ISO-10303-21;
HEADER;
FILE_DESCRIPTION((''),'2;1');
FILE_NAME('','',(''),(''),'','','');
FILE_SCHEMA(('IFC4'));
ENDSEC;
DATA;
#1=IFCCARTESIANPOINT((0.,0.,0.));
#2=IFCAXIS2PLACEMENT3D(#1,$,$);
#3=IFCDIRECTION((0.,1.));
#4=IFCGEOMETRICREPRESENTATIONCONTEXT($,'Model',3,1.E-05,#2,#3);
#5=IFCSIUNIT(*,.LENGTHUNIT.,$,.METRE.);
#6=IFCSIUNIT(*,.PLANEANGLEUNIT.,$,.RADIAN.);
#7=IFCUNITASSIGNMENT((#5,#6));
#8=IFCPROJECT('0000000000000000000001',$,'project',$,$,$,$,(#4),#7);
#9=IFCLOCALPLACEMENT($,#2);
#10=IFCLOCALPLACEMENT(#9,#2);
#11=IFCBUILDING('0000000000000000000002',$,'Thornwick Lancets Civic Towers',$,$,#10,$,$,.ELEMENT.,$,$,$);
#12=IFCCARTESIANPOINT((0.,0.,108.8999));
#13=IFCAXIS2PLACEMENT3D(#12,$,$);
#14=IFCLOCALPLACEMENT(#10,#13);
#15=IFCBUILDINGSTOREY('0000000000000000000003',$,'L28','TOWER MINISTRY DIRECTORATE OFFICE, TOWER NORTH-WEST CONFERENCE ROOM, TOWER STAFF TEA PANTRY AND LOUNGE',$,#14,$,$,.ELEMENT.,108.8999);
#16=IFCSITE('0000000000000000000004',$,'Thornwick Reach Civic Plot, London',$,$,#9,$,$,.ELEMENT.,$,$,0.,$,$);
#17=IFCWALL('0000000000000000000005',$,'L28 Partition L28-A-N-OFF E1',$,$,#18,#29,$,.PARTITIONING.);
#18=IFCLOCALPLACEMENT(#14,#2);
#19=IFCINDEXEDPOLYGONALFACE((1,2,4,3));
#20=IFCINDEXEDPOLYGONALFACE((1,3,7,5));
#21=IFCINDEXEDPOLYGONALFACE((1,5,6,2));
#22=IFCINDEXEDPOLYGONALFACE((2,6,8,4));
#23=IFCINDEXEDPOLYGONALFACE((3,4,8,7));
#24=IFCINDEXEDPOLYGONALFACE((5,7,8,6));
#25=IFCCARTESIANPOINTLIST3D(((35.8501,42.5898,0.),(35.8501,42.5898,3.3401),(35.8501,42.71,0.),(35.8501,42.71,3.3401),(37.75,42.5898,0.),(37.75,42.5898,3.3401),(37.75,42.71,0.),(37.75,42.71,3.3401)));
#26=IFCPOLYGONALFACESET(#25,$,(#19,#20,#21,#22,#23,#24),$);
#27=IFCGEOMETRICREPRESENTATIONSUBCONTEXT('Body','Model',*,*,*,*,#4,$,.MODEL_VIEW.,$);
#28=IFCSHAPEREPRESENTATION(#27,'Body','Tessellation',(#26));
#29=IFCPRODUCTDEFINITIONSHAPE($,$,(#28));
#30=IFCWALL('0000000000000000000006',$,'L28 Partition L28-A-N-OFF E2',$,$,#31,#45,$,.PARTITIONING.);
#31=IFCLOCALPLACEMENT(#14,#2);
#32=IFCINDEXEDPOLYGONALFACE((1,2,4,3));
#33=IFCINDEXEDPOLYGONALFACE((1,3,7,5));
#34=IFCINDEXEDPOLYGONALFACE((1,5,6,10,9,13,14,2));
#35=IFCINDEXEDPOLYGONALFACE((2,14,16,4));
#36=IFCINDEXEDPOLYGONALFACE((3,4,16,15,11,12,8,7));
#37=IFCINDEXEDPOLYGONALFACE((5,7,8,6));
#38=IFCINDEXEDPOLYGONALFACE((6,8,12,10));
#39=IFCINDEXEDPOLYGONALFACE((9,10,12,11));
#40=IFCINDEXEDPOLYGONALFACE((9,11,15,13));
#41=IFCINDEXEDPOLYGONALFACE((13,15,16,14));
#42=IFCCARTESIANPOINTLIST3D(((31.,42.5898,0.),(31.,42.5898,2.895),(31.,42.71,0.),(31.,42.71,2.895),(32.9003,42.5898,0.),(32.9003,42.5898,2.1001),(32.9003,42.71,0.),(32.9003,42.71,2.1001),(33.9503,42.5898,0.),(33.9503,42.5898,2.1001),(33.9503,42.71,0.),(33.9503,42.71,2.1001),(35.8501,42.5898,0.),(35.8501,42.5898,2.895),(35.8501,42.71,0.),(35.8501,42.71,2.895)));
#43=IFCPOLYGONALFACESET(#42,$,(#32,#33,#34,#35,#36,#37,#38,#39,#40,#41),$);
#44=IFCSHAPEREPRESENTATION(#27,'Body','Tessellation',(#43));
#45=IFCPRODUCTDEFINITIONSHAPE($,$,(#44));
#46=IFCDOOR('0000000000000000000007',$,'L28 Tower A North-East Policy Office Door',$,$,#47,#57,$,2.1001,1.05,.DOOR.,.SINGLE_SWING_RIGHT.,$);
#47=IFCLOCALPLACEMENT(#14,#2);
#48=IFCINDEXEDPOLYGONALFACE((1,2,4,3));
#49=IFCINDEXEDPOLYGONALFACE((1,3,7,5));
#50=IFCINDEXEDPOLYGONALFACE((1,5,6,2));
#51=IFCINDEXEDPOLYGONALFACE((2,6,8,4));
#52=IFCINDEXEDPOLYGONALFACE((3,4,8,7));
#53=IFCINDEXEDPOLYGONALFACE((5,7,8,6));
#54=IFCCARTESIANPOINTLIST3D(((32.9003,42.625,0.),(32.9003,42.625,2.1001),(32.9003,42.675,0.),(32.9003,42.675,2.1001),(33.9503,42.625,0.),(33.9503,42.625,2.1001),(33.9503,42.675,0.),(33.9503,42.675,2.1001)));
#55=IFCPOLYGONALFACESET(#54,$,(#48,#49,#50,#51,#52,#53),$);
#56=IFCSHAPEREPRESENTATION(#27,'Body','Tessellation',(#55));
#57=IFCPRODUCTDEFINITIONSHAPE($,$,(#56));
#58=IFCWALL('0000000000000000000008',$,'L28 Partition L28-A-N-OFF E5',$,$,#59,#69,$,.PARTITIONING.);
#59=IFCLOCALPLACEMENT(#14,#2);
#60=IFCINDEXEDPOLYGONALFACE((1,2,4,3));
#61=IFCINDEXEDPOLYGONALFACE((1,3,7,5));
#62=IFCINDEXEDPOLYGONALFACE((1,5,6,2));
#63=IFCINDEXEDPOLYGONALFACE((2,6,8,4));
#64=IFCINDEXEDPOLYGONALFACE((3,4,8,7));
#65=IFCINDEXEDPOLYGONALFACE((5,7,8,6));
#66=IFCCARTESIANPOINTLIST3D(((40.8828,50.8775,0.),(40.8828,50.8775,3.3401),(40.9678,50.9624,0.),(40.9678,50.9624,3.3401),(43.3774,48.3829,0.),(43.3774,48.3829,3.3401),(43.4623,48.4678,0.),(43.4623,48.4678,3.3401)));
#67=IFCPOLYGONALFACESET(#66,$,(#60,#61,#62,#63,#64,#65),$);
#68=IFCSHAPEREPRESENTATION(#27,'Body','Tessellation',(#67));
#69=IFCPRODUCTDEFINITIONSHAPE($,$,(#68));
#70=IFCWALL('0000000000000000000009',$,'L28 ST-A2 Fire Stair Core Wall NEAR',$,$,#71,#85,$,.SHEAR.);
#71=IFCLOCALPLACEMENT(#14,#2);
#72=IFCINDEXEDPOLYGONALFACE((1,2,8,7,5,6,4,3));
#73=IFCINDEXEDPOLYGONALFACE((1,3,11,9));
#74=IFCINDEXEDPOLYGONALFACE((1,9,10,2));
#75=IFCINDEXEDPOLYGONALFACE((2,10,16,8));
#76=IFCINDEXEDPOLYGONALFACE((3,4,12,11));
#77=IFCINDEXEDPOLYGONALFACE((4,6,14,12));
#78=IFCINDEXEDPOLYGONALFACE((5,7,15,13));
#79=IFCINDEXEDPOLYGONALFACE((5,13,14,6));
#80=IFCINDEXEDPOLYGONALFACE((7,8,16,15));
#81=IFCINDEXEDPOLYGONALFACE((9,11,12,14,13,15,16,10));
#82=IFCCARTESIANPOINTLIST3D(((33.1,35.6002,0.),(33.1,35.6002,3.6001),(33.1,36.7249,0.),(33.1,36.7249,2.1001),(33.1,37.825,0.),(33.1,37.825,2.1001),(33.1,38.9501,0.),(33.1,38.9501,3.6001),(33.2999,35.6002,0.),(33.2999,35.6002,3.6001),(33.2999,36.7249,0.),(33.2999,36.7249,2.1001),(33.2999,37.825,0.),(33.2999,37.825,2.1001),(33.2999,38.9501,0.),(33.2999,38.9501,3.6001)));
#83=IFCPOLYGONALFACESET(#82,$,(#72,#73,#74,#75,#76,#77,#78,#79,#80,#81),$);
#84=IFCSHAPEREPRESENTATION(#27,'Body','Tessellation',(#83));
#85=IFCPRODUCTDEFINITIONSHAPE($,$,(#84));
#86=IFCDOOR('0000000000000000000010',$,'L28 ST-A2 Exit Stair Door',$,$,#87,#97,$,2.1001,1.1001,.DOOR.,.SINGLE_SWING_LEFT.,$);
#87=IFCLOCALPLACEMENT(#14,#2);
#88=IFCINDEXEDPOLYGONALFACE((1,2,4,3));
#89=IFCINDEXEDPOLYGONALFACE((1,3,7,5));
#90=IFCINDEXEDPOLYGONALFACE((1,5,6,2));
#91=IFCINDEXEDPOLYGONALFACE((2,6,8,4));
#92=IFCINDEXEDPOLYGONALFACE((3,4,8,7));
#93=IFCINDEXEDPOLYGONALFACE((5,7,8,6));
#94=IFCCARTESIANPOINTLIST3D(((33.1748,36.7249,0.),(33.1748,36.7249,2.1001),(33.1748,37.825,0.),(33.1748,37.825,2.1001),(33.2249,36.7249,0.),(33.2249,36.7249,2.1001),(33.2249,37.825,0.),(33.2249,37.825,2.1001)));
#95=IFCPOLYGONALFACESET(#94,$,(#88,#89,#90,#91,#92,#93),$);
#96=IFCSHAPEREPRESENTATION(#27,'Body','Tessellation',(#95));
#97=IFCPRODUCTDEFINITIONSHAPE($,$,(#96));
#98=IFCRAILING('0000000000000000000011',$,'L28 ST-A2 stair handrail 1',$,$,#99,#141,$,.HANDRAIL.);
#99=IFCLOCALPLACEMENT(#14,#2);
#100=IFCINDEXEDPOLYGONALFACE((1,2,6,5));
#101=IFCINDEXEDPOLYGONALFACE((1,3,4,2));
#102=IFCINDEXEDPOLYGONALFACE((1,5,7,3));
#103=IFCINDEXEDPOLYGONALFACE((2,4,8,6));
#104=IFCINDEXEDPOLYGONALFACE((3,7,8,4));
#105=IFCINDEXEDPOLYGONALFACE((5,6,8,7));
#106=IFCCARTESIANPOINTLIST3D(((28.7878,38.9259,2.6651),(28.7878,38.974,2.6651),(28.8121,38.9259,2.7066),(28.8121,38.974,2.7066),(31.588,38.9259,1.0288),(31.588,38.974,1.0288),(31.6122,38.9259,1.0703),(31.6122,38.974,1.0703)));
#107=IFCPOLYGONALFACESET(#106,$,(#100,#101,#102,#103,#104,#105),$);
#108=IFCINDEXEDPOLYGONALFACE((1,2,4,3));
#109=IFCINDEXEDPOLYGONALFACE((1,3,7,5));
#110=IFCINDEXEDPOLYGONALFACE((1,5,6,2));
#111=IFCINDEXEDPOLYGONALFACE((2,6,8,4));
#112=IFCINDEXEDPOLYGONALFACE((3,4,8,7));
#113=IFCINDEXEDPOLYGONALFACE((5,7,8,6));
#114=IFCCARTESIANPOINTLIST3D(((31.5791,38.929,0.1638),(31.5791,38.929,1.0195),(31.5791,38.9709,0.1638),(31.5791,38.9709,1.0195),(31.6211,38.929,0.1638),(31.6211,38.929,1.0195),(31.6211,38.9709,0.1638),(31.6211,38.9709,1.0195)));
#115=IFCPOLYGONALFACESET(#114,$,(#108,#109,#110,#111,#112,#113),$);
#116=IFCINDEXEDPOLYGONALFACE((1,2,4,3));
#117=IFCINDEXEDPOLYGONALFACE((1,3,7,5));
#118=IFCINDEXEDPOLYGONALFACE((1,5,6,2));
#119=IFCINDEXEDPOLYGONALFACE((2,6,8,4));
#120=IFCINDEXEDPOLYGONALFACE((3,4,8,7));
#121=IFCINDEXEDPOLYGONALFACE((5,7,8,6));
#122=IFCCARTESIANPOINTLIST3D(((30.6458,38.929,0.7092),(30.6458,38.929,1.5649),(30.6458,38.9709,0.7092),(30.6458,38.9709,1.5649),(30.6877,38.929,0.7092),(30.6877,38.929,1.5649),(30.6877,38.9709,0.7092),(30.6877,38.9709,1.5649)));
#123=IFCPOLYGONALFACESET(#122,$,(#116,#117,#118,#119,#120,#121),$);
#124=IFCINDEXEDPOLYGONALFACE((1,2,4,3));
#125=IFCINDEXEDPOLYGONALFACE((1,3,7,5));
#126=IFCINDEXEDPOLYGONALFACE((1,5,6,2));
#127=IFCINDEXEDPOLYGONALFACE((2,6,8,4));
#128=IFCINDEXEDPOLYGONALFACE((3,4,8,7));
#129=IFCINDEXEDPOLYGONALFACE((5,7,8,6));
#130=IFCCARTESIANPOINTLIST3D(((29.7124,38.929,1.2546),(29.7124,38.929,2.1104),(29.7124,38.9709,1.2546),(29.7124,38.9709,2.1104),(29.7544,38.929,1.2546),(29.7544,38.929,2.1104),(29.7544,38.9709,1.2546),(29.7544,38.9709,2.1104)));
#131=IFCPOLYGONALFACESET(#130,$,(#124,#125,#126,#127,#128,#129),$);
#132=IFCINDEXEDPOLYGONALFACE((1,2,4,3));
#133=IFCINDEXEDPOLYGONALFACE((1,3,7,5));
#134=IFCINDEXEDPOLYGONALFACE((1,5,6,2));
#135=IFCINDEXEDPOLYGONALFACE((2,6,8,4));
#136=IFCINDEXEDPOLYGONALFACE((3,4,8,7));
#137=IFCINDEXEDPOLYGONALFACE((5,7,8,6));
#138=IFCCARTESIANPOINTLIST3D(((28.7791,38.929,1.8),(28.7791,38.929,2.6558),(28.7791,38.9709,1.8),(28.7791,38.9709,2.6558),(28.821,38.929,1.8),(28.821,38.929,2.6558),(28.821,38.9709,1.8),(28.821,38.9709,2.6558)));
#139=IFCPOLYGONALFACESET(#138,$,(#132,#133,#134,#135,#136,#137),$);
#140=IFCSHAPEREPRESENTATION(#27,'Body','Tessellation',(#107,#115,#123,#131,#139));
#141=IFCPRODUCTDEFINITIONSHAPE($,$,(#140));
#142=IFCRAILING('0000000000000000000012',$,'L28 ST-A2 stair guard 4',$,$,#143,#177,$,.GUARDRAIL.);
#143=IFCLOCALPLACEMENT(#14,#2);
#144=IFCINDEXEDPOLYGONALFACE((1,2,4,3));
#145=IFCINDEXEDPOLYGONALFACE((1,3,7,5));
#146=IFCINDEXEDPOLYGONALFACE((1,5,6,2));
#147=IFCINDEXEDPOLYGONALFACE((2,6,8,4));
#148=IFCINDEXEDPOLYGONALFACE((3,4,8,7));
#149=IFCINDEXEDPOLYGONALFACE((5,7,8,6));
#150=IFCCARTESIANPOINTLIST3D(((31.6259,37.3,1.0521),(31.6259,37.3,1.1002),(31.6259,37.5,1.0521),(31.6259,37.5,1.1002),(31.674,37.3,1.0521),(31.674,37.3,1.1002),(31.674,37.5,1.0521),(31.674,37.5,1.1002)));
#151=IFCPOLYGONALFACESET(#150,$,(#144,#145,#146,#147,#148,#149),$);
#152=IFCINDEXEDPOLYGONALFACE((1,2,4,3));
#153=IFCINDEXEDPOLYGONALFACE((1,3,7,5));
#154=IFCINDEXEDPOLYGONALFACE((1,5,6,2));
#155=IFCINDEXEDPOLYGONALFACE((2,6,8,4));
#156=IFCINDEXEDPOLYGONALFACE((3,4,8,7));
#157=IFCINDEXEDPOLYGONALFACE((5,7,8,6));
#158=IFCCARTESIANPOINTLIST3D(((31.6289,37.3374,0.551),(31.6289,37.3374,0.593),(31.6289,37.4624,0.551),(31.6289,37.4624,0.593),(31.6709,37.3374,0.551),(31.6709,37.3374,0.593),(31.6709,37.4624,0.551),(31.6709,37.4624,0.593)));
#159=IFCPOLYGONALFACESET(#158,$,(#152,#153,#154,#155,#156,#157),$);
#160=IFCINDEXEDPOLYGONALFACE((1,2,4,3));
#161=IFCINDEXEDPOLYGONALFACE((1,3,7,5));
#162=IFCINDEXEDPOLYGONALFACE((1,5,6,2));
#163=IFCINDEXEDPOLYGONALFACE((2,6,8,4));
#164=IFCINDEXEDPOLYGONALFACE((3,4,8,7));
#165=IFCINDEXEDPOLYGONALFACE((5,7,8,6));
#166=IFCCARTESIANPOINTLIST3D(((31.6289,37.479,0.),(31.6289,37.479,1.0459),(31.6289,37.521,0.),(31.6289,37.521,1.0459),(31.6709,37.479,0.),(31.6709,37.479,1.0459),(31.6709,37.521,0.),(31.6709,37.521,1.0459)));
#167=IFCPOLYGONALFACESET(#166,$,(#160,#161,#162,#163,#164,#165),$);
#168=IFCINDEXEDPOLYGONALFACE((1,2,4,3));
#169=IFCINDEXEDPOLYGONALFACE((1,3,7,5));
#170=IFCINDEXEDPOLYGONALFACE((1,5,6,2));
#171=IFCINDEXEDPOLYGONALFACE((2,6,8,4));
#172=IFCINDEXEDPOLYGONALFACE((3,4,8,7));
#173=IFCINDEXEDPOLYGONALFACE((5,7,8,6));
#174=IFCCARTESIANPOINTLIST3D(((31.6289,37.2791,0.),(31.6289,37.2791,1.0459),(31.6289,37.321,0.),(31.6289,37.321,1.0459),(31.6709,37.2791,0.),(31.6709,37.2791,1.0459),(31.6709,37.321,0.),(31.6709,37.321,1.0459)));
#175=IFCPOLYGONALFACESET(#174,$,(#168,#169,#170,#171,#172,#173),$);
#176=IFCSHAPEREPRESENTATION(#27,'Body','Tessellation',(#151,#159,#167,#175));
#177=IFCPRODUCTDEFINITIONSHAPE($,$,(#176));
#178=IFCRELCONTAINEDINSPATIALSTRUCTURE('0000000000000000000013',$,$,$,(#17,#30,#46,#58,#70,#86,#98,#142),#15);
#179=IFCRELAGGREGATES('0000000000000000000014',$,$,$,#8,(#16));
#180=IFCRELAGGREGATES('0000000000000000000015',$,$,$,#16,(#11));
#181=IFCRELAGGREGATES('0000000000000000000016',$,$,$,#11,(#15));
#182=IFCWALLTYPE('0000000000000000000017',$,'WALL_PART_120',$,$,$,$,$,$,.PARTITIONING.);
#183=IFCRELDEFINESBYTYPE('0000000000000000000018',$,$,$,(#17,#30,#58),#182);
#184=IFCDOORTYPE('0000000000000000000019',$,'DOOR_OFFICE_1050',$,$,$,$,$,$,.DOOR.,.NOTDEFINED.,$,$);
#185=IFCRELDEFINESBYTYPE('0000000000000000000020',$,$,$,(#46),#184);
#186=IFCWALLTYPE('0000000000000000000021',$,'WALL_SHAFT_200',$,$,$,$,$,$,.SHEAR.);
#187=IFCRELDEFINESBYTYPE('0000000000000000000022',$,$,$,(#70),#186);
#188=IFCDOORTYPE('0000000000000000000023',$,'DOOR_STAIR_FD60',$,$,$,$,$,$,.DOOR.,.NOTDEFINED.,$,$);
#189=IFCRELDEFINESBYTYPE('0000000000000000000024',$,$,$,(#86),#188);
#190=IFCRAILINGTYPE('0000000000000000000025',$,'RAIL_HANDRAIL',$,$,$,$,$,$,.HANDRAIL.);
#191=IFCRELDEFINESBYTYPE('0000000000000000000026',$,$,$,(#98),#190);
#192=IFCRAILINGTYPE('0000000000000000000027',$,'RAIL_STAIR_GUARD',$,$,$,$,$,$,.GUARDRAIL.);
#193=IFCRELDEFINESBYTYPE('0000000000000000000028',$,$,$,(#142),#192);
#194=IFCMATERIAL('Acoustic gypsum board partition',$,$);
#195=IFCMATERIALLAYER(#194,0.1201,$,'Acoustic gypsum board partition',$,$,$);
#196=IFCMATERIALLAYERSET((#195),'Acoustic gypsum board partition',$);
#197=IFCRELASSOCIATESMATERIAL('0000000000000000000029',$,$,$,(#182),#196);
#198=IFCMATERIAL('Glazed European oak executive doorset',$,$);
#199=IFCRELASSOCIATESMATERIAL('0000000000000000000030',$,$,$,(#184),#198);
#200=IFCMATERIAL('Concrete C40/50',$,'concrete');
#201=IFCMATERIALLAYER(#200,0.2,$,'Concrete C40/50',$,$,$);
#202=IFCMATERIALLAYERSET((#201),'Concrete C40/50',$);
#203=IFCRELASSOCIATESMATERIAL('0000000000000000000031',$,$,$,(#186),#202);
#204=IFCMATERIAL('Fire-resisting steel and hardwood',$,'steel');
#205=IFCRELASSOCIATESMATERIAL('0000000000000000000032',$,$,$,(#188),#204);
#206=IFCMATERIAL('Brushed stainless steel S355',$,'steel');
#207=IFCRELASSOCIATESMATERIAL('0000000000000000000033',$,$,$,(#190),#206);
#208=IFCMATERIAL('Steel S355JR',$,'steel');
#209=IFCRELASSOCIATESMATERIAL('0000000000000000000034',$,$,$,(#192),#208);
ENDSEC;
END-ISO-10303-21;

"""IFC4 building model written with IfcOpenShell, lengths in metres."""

from ifc_helpers import new_model, si_unit, direction, frame, frame_2d, origin, origin_2d, place, context, subcontext, project, spatial, rectangle, extrude, material, layer, layer_set, type_object, element, fill, save


model = new_model("IFC4")

# Units and contexts
model_context = context("Model", 3, precision=1e-05, world=origin(), true_north=direction((0.0, 1.0)))
body_context = subcontext(model_context, "Body", "Model", "MODEL_VIEW")
ifc_project = project(units=[si_unit("LENGTHUNIT", "METRE"), si_unit("PLANEANGLEUNIT", "RADIAN")], contexts=[model_context])

# Site, building, storey
site_placement = place(None, origin())
site = spatial("IfcSite", under=ifc_project, at=site_placement, Name="Thornwick Reach Civic Plot, London", CompositionType="ELEMENT", RefElevation=0.0)
building_placement = place(site_placement, origin())
building = spatial("IfcBuilding", under=site, at=building_placement, Name="Thornwick Lancets Civic Towers", CompositionType="ELEMENT")
storey_placement = place(building_placement, frame((0.0, 0.0, 108.8999)))
storey = spatial("IfcBuildingStorey", under=building, at=storey_placement, Name="L28", Description="TOWER MINISTRY DIRECTORATE OFFICE, TOWER NORTH-WEST CONFERENCE ROOM, TOWER STAFF TEA PANTRY AND LOUNGE", CompositionType="ELEMENT", Elevation=108.8999)

# Shared definitions
ifc_material_1 = material(Name="Steel S355JR", Category="steel")

# Wall
ifc_material_2 = material(Name="Acoustic gypsum board partition")
ifc_layer_1 = layer(ifc_material_2, 0.1201, Name="Acoustic gypsum board partition")
ifc_layer_set_1 = layer_set([ifc_layer_1], Name="Acoustic gypsum board partition")
wall_type_1 = type_object("IfcWallType", Name="WALL_PART_120", PredefinedType="PARTITIONING", material=ifc_layer_set_1)
wall_1_placement = place(storey_placement, frame((37.75, 42.6499, 0.0), z_axis=(0.0, 0.0, 1.0), x_axis=(-1.0, 0.0, 0.0)))
element("IfcWall", 1, at=wall_1_placement, inside=storey, type_object=wall_type_1, Name="L28 Partition L28-A-N-OFF E1", PredefinedType="PARTITIONING", context=body_context, shape_type="SweptSolid", body=[
    extrude(rectangle(XDim=1.8999, YDim=0.1201, at=frame_2d((0.95, 0.0))), origin(), (0.0, 0.0, 1.0), 3.3401),
])

# Wall, opening, door
wall_2_placement = place(storey_placement, frame((35.8501, 42.6499, 0.0), z_axis=(0.0, 0.0, 1.0), x_axis=(-1.0, 0.0, 0.0)))
wall_2 = element("IfcWall", 2, at=wall_2_placement, inside=storey, type_object=wall_type_1, Name="L28 Partition L28-A-N-OFF E2", PredefinedType="PARTITIONING", context=body_context, shape_type="SweptSolid", body=[
    extrude(rectangle(XDim=4.8501, YDim=0.1201, at=frame_2d((2.425, 0.0))), origin(), (0.0, 0.0, 1.0), 2.895),
])
opening_1_placement = place(wall_2_placement, frame((1.8999, 0.0, 0.0)))
opening_1 = element("IfcOpeningElement", 3, at=opening_1_placement, cuts=wall_2, PredefinedType="OPENING", context=body_context, shape_type="SweptSolid", body=[
    extrude(rectangle(XDim=1.05, YDim=2.1001, at=frame_2d((0.5249, 1.05))), frame((0.0, 0.0701, 0.0), z_axis=(0.0, -1.0, 0.0), x_axis=(1.0, 0.0, 0.0)), (0.0, 0.0, 1.0), 0.1401),
])
ifc_material_3 = material(Name="Glazed European oak executive doorset")
door_type_1 = type_object("IfcDoorType", Name="DOOR_OFFICE_1050", OperationType="NOTDEFINED", PredefinedType="DOOR", material=ifc_material_3)
door_1_placement = place(opening_1_placement, origin())
door_1 = element("IfcDoor", 4, at=door_1_placement, inside=storey, type_object=door_type_1, Name="L28 Tower A North-East Policy Office Door", OperationType="SINGLE_SWING_RIGHT", OverallHeight=2.1001, OverallWidth=1.05, PredefinedType="DOOR", context=body_context, shape_type="SweptSolid", body=[
    extrude(rectangle(XDim=1.05, YDim=2.1001, at=frame_2d((0.5249, 1.05))), frame((0.0, 0.0249, 0.0), z_axis=(0.0, -1.0, 0.0), x_axis=(1.0, 0.0, 0.0)), (0.0, 0.0, 1.0), 0.05),
])
fill(opening_1, door_1)

# Wall
wall_3_placement = place(storey_placement, frame((40.9253, 50.9199, 0.0), z_axis=(0.0, 0.0, 1.0), x_axis=(0.707107, -0.707107, 0.0)))
element("IfcWall", 5, at=wall_3_placement, inside=storey, type_object=wall_type_1, Name="L28 Partition L28-A-N-OFF E5", PredefinedType="PARTITIONING", context=body_context, shape_type="SweptSolid", body=[
    extrude(rectangle(XDim=3.5278, YDim=0.1201, at=frame_2d((1.7639, 0.0))), origin(), (0.0, 0.0, 1.0), 3.3401),
])

# Wall, opening, door
ifc_material_4 = material(Name="Concrete C40/50", Category="concrete")
ifc_layer_2 = layer(ifc_material_4, 0.2, Name="Concrete C40/50")
ifc_layer_set_2 = layer_set([ifc_layer_2], Name="Concrete C40/50")
wall_type_2 = type_object("IfcWallType", Name="WALL_SHAFT_200", PredefinedType="SHEAR", material=ifc_layer_set_2)
wall_4_placement = place(storey_placement, frame((33.2, 38.95, 0.0), z_axis=(0.0, 0.0, 1.0), x_axis=(0.0, -1.0, 0.0)))
wall_4 = element("IfcWall", 6, at=wall_4_placement, inside=storey, type_object=wall_type_2, Name="L28 ST-A2 Fire Stair Core Wall NEAR", PredefinedType="SHEAR", context=body_context, shape_type="SweptSolid", body=[
    extrude(rectangle(XDim=3.3499, YDim=0.2, at=frame_2d((1.6748, 0.0))), origin(), (0.0, 0.0, 1.0), 3.6001),
])
opening_2_placement = place(wall_4_placement, frame((1.125, 0.0, 0.0)))
opening_2 = element("IfcOpeningElement", 7, at=opening_2_placement, cuts=wall_4, PredefinedType="OPENING", context=body_context, shape_type="SweptSolid", body=[
    extrude(rectangle(XDim=1.1001, YDim=2.1001, at=frame_2d((0.55, 1.05))), frame((0.0, 0.1099, 0.0), z_axis=(0.0, -1.0, 0.0), x_axis=(1.0, 0.0, 0.0)), (0.0, 0.0, 1.0), 0.22),
])
ifc_material_5 = material(Name="Fire-resisting steel and hardwood", Category="steel")
door_type_2 = type_object("IfcDoorType", Name="DOOR_STAIR_FD60", OperationType="NOTDEFINED", PredefinedType="DOOR", material=ifc_material_5)
door_2_placement = place(opening_2_placement, origin())
door_2 = element("IfcDoor", 8, at=door_2_placement, inside=storey, type_object=door_type_2, Name="L28 ST-A2 Exit Stair Door", OperationType="SINGLE_SWING_LEFT", OverallHeight=2.1001, OverallWidth=1.1001, PredefinedType="DOOR", context=body_context, shape_type="SweptSolid", body=[
    extrude(rectangle(XDim=1.1001, YDim=2.1001, at=frame_2d((0.55, 1.05))), frame((0.0, 0.0249, 0.0), z_axis=(0.0, -1.0, 0.0), x_axis=(1.0, 0.0, 0.0)), (0.0, 0.0, 1.0), 0.05),
])
fill(opening_2, door_2)

# Railings
ifc_material_6 = material(Name="Brushed stainless steel S355", Category="steel")
railing_type_1 = type_object("IfcRailingType", Name="RAIL_HANDRAIL", PredefinedType="HANDRAIL", material=ifc_material_6)
railing_1_placement = place(storey_placement, frame((31.6001, 38.95, 0.1638)))
element("IfcRailing", 9, at=railing_1_placement, inside=storey, type_object=railing_type_1, Name="L28 ST-A2 stair handrail 1", PredefinedType="HANDRAIL", context=body_context, shape_type="SweptSolid", body=[
    extrude(rectangle(XDim=0.0481, YDim=0.0481, at=origin_2d()), frame((0.0, 0.0, 0.8857), z_axis=(-0.863394, 0.0, 0.504531), x_axis=(0.0, -1.0, 0.0)), (0.0, 0.0, 1.0), 3.2432),
    extrude(rectangle(XDim=0.042, YDim=0.042, at=origin_2d()), origin(), (0.0, 0.0, 1.0), 0.8557),
    extrude(rectangle(XDim=0.042, YDim=0.042, at=origin_2d()), frame((-0.9333, 0.0, 0.5454)), (0.0, 0.0, 1.0), 0.8557),
    extrude(rectangle(XDim=0.042, YDim=0.042, at=origin_2d()), frame((-1.8667, 0.0, 1.0908)), (0.0, 0.0, 1.0), 0.8557),
    extrude(rectangle(XDim=0.042, YDim=0.042, at=origin_2d()), frame((-2.8, 0.0, 1.6362)), (0.0, 0.0, 1.0), 0.8557),
])
railing_type_2 = type_object("IfcRailingType", Name="RAIL_STAIR_GUARD", PredefinedType="GUARDRAIL", material=ifc_material_1)
railing_2_placement = place(storey_placement, frame((31.6499, 37.5, 0.0)))
element("IfcRailing", 10, at=railing_2_placement, inside=storey, type_object=railing_type_2, Name="L28 ST-A2 stair guard 4", PredefinedType="GUARDRAIL", context=body_context, shape_type="SweptSolid", body=[
    extrude(rectangle(XDim=0.0481, YDim=0.0481, at=origin_2d()), frame((0.0, 0.0, 1.0762), z_axis=(0.0, -1.0, 0.0), x_axis=(1.0, 0.0, 0.0)), (0.0, 0.0, 1.0), 0.2),
    extrude(rectangle(XDim=0.042, YDim=0.042, at=origin_2d()), frame((0.0, -0.0376, 0.572), z_axis=(0.0, -1.0, 0.0), x_axis=(1.0, 0.0, 0.0)), (0.0, 0.0, 1.0), 0.125),
    extrude(rectangle(XDim=0.042, YDim=0.042, at=origin_2d()), origin(), (0.0, 0.0, 1.0), 1.0459),
    extrude(rectangle(XDim=0.042, YDim=0.042, at=origin_2d()), frame((0.0, -0.2, 0.0)), (0.0, 0.0, 1.0), 1.0459),
])

save(model, "model.ifc")
